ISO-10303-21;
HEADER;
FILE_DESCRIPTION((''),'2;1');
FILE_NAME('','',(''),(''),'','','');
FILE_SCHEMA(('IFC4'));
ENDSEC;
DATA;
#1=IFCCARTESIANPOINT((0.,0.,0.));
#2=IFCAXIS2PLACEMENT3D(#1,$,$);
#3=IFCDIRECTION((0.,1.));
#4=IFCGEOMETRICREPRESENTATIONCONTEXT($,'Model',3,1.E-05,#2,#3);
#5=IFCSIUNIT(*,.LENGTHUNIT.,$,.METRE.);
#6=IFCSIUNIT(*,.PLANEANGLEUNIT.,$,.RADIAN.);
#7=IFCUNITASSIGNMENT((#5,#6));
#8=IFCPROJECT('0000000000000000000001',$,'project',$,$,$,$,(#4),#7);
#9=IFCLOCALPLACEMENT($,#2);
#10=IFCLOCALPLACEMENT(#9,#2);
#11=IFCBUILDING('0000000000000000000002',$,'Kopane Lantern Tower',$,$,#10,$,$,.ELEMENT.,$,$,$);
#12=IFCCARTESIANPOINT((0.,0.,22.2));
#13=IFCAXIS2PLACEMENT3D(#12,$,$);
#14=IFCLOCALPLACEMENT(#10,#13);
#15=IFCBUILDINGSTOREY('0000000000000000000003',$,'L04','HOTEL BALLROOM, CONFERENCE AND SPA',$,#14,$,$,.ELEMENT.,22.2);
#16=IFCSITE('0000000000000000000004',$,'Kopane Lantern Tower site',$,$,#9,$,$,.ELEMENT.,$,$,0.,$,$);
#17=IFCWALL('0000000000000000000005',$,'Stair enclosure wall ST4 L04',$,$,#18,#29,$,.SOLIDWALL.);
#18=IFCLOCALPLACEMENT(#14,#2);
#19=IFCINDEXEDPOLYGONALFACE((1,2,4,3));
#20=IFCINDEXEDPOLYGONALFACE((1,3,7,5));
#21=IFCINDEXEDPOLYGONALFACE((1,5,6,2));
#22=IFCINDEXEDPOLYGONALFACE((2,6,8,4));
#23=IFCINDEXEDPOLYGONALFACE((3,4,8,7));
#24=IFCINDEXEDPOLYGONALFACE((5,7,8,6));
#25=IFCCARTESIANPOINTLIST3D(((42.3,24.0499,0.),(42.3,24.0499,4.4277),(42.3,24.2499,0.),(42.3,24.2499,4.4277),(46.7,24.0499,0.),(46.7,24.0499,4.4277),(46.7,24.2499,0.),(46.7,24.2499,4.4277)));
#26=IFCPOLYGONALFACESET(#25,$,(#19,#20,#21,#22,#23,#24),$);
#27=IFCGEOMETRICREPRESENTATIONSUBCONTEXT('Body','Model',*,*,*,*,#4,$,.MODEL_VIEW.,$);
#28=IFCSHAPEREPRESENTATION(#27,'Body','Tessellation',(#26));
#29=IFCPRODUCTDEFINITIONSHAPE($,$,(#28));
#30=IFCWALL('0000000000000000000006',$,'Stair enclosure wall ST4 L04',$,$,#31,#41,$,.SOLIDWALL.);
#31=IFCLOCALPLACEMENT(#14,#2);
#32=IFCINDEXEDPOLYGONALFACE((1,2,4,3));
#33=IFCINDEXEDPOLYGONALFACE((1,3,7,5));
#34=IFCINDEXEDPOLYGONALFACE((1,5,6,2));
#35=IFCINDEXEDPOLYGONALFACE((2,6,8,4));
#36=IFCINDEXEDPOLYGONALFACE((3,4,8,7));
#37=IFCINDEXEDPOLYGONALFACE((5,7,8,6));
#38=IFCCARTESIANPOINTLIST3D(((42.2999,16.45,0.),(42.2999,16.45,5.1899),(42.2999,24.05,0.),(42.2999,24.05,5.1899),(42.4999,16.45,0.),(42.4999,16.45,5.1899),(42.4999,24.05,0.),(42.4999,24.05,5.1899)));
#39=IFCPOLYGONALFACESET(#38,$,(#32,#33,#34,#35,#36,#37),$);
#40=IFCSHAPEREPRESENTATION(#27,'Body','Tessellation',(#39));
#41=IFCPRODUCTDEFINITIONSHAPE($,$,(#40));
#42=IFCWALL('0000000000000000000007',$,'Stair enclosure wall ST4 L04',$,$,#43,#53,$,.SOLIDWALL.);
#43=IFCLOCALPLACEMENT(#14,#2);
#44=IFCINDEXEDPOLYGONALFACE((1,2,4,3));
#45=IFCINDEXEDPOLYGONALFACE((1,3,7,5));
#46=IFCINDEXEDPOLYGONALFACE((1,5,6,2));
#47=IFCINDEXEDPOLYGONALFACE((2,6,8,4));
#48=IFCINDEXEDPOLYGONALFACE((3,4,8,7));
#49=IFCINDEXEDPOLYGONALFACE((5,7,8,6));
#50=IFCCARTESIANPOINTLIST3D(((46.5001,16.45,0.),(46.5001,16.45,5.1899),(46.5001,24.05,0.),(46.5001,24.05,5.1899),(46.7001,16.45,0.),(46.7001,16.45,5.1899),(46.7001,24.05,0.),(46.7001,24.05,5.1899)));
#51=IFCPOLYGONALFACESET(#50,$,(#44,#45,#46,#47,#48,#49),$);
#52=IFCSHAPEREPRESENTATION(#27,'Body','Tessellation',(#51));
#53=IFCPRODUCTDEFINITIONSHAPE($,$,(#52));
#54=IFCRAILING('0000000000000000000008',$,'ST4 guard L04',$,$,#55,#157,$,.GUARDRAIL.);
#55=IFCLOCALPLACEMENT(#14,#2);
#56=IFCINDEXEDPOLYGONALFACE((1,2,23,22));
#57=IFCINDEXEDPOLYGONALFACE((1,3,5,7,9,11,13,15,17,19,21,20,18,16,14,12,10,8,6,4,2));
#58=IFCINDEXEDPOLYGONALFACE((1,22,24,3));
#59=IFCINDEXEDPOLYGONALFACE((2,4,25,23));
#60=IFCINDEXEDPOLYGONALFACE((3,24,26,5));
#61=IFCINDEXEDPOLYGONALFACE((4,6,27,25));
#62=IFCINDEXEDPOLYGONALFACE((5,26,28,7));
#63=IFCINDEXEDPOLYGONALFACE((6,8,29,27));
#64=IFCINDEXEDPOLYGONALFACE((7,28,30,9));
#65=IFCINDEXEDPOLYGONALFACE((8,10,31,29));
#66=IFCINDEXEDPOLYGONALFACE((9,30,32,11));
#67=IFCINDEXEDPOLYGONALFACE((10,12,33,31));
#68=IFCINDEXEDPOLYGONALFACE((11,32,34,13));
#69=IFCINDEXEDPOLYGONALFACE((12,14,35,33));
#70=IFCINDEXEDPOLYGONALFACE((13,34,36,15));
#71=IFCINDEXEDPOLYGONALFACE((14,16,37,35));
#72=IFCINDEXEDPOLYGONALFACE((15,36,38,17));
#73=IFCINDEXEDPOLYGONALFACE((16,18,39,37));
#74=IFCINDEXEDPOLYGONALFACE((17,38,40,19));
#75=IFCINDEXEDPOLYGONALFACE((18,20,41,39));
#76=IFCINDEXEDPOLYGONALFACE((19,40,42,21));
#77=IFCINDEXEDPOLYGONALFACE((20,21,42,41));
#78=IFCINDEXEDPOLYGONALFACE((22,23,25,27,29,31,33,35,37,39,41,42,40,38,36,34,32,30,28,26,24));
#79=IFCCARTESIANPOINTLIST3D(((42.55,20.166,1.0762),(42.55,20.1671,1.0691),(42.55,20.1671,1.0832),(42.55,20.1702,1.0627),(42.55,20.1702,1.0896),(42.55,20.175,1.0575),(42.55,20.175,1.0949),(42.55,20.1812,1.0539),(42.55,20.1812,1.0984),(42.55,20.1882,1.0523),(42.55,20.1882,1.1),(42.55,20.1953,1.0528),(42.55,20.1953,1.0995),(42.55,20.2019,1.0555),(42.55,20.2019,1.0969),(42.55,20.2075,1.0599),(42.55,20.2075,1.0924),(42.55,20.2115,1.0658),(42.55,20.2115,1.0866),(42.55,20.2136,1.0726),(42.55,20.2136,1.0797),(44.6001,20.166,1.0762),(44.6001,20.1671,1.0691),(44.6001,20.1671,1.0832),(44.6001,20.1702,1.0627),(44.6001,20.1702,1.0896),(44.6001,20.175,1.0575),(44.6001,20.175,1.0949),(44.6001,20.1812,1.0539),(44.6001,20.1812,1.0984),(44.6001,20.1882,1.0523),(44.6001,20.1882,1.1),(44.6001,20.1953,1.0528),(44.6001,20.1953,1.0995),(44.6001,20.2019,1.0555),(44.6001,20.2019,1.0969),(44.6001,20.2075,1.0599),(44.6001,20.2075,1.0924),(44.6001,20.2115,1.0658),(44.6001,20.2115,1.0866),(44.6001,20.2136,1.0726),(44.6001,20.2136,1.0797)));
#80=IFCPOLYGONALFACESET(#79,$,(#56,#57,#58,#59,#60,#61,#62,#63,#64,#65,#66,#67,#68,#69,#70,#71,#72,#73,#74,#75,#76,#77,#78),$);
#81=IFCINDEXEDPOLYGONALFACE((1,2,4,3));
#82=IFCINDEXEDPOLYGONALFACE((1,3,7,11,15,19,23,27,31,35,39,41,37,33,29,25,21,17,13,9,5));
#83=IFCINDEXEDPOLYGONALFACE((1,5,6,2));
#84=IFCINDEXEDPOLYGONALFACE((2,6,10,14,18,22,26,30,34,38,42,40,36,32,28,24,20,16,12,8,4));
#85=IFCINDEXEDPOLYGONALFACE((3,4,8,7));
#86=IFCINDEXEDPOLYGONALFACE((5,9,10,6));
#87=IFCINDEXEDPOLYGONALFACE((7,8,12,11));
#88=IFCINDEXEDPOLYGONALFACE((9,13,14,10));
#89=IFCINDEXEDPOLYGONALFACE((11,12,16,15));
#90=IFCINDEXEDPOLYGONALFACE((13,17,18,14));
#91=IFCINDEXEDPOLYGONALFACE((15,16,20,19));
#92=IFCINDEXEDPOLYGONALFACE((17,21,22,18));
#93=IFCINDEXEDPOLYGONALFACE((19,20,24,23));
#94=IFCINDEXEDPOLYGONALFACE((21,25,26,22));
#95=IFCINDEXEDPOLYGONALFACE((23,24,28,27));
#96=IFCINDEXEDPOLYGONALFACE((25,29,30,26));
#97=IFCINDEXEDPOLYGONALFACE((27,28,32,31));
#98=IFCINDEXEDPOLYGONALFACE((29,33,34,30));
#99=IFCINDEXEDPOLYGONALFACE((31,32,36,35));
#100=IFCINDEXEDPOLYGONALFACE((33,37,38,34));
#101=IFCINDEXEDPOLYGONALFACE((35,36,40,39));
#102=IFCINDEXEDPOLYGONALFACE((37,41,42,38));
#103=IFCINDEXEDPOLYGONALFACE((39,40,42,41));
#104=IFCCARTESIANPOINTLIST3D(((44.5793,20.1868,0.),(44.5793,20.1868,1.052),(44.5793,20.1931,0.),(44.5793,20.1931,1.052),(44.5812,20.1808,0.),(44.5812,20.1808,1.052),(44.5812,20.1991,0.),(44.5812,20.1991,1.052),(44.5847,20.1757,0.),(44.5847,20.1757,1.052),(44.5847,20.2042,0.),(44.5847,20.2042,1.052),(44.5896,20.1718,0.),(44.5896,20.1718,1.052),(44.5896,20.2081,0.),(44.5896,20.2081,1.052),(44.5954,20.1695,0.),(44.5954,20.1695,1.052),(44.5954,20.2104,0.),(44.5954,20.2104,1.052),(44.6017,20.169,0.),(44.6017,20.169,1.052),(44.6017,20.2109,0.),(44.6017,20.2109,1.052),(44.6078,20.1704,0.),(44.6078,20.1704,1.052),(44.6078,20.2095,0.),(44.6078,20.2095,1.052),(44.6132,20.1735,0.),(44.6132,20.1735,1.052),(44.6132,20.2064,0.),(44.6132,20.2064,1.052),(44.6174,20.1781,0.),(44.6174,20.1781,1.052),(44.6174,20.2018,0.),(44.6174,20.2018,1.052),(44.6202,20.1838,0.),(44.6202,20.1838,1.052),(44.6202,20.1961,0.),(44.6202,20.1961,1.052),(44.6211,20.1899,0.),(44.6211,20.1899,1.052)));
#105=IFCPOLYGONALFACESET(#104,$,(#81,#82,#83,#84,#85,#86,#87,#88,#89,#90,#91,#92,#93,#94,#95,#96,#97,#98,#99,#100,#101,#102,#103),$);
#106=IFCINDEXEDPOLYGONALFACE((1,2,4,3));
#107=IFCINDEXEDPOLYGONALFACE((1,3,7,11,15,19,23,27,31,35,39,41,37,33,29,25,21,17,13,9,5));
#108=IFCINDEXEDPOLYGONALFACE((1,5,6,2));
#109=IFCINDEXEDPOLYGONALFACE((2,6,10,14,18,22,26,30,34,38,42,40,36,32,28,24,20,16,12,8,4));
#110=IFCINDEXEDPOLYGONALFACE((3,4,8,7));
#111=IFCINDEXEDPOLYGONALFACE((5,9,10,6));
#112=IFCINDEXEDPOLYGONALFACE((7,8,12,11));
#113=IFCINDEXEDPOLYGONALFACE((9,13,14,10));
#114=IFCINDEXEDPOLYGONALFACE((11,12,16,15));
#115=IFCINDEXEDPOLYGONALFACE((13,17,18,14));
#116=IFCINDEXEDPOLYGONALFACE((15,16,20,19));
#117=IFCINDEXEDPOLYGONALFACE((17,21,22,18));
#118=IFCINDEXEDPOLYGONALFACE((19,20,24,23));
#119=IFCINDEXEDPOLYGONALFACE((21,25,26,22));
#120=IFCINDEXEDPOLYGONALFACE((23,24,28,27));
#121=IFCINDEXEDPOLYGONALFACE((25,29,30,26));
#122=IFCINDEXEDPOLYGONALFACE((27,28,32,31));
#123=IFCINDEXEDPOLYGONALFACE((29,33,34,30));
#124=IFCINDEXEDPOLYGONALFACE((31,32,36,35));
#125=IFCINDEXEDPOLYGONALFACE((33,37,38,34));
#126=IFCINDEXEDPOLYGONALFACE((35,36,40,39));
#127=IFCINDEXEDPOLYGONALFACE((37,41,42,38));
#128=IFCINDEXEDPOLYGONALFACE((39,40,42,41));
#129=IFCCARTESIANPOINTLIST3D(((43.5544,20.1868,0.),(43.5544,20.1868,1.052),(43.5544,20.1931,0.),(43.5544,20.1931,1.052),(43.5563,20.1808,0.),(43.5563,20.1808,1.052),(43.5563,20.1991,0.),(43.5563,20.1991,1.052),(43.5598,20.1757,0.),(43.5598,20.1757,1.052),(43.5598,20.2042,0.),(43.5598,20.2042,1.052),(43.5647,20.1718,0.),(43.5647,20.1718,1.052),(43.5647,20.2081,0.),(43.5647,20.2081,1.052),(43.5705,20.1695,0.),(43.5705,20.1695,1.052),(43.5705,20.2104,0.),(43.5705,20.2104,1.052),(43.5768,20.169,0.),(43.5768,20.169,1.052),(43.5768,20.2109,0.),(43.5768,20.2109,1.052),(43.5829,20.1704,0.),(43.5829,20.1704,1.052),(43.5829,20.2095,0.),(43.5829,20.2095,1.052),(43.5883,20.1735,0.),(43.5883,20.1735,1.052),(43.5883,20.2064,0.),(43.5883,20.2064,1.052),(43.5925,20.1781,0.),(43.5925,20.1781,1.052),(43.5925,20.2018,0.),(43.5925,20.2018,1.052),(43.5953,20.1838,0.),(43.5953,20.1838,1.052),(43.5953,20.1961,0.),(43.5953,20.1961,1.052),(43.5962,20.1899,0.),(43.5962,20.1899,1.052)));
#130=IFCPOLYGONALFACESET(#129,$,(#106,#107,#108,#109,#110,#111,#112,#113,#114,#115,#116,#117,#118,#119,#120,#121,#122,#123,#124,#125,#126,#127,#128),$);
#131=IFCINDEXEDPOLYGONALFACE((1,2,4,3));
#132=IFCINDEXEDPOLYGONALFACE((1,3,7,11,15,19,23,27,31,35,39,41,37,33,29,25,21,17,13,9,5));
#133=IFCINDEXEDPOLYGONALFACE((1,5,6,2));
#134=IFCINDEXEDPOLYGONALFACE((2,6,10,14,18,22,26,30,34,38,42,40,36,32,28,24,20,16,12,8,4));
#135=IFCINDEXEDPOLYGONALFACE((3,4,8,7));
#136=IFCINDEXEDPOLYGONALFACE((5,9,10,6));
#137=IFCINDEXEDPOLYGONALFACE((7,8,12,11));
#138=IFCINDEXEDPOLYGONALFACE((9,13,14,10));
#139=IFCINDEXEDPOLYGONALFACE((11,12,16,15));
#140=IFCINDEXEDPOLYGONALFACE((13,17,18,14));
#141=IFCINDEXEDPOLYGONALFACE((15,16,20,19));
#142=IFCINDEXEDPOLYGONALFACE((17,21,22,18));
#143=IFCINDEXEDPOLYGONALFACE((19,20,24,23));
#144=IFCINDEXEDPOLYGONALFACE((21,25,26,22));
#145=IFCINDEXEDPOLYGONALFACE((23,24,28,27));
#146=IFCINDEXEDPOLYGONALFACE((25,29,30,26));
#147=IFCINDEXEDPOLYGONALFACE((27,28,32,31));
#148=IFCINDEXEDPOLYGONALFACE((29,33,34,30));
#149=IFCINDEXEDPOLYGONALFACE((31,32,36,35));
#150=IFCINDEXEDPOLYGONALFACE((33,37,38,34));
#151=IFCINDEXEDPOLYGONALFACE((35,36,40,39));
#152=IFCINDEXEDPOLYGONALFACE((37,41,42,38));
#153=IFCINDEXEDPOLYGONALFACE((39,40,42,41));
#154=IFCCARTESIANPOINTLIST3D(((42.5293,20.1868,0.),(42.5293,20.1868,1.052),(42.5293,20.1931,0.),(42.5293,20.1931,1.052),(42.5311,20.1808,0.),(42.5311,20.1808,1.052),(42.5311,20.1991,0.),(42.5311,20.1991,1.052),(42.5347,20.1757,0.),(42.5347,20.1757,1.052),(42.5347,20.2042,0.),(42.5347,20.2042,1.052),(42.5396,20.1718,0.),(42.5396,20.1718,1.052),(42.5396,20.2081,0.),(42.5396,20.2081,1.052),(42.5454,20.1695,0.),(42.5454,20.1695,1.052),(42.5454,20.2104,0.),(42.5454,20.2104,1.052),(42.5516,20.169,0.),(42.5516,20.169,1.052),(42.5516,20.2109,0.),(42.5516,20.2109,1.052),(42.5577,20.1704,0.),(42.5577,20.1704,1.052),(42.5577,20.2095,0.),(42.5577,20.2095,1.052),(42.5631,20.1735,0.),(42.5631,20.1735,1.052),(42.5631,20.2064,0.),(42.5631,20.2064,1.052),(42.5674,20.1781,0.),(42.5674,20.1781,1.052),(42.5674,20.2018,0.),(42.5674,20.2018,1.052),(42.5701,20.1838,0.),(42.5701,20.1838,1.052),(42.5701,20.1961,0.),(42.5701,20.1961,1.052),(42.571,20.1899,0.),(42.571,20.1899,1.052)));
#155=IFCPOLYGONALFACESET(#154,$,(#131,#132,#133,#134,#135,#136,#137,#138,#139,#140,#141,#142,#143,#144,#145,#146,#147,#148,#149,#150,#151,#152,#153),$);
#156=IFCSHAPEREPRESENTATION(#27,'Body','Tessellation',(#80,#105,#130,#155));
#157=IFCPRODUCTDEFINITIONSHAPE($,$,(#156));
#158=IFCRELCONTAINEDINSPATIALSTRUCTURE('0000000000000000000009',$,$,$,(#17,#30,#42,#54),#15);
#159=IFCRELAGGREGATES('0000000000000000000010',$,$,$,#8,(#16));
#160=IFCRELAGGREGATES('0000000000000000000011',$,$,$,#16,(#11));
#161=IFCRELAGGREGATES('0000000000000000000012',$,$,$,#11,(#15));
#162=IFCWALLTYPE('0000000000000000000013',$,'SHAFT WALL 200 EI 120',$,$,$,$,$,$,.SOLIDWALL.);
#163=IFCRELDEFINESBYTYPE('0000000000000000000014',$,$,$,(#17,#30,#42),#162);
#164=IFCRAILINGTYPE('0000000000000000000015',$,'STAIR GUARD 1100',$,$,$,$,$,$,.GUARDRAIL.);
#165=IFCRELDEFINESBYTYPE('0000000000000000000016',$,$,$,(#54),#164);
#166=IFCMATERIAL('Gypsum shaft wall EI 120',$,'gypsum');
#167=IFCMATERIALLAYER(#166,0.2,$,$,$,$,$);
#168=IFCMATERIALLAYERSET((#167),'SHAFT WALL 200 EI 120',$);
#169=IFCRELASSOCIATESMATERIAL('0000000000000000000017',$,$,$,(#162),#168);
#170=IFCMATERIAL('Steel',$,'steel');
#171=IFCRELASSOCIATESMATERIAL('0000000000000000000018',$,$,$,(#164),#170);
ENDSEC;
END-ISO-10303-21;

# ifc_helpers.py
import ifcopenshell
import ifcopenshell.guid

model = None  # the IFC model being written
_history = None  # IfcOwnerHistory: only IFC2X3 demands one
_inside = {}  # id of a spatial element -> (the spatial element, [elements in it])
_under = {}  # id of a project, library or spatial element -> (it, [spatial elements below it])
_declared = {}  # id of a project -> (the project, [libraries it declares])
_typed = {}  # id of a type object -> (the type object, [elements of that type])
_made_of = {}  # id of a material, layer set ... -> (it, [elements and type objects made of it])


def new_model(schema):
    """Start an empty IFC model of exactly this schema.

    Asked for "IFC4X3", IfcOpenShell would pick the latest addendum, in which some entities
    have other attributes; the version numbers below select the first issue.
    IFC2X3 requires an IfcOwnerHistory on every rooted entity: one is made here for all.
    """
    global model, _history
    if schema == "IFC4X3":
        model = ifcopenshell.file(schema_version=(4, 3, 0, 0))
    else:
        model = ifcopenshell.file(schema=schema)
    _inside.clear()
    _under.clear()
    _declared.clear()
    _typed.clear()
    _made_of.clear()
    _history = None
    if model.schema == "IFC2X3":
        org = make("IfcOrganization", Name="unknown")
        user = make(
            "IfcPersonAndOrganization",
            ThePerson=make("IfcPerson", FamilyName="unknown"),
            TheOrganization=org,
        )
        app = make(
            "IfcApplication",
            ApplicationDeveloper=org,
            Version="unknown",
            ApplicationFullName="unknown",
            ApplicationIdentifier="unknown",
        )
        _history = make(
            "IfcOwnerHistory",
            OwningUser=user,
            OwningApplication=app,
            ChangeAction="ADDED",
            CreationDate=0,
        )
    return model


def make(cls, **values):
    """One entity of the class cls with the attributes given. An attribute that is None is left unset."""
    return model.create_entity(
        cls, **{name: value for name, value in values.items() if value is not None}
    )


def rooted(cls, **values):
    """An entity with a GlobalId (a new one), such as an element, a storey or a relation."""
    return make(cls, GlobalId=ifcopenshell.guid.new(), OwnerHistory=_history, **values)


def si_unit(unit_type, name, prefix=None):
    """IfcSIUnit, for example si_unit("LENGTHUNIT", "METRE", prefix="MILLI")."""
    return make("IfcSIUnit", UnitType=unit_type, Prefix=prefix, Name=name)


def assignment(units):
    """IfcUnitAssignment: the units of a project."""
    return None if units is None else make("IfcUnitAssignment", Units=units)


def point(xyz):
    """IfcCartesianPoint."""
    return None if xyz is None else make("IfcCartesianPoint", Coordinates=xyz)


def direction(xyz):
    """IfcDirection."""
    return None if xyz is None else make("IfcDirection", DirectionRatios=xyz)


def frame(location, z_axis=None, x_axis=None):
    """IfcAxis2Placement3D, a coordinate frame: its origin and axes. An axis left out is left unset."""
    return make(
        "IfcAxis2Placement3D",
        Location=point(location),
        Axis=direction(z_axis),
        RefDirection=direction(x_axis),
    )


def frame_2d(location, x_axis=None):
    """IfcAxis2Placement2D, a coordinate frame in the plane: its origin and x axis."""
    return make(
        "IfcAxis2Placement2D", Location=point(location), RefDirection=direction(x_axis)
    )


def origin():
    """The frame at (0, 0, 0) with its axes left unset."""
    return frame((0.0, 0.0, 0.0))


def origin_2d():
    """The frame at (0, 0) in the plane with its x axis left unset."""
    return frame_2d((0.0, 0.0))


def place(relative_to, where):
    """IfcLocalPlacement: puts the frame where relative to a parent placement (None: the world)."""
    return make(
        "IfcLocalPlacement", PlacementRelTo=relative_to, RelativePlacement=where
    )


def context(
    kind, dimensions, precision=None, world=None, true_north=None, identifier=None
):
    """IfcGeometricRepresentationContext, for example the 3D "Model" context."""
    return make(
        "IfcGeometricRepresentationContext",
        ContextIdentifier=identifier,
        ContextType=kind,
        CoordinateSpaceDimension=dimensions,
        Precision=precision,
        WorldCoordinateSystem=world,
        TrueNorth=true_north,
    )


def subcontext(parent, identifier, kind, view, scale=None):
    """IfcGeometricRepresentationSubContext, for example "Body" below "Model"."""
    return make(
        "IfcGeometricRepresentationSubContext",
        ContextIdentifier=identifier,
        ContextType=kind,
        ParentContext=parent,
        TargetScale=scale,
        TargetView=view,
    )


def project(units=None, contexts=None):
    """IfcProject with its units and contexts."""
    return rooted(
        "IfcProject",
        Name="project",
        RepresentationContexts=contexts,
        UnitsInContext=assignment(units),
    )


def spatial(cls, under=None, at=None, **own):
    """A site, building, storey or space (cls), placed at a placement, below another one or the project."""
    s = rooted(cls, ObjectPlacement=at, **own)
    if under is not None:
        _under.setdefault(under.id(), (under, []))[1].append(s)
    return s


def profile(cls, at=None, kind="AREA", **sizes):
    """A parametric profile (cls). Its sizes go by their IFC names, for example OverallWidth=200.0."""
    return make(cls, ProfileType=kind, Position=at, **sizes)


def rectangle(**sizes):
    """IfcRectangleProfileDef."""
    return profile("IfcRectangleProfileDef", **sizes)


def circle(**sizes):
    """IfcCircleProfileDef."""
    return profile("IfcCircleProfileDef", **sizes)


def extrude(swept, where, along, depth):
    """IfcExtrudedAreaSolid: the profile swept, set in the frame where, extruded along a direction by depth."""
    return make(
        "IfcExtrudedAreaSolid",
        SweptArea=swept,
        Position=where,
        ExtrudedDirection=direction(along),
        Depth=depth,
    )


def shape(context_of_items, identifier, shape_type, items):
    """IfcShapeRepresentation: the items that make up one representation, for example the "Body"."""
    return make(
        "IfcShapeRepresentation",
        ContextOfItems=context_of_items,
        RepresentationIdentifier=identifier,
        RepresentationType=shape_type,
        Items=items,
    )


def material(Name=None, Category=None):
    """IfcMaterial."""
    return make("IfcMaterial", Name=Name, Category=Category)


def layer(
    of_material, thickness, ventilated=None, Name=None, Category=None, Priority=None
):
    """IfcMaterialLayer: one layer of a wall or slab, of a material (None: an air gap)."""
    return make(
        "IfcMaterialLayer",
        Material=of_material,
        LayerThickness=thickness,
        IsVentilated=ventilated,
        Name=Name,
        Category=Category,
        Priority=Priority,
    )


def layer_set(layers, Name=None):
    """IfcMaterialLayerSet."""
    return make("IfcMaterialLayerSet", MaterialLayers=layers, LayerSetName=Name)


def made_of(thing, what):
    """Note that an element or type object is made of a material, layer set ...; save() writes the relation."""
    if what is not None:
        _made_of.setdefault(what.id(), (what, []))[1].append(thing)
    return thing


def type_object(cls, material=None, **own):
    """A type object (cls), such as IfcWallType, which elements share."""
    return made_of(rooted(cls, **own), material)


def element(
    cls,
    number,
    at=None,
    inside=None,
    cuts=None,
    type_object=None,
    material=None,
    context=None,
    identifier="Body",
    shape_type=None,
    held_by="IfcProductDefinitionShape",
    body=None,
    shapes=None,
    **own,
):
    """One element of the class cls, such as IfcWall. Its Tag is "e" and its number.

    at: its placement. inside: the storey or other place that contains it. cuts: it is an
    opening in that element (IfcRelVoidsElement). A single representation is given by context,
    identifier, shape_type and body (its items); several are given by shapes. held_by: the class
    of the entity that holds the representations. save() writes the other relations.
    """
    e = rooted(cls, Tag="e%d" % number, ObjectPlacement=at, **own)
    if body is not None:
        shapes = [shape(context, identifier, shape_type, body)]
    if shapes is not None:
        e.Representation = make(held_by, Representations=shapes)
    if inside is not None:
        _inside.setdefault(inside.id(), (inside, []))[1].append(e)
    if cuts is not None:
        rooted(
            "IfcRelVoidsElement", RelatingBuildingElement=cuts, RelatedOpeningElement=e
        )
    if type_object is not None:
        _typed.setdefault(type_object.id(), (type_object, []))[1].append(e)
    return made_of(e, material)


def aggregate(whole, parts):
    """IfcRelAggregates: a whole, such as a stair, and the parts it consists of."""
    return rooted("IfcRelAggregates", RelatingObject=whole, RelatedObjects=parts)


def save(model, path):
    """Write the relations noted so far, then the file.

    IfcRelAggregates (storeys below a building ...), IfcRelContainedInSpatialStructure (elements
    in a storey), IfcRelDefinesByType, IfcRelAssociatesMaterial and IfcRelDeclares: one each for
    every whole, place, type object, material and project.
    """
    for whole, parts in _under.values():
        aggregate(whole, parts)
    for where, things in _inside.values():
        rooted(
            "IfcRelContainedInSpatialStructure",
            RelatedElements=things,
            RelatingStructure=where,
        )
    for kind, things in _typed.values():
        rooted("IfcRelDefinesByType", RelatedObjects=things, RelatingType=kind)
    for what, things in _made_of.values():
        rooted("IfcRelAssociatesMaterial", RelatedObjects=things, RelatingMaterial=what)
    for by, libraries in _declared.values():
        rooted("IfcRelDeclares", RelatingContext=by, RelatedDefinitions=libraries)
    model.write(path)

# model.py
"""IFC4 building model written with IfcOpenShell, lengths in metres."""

from ifc_helpers import new_model, si_unit, direction, frame, frame_2d, origin, origin_2d, place, context, subcontext, project, spatial, rectangle, circle, extrude, material, layer, layer_set, type_object, element, save


model = new_model("IFC4")

# Units and contexts
model_context = context("Model", 3, precision=1e-05, world=origin(), true_north=direction((0.0, 1.0)))
body_context = subcontext(model_context, "Body", "Model", "MODEL_VIEW")
ifc_project = project(units=[si_unit("LENGTHUNIT", "METRE"), si_unit("PLANEANGLEUNIT", "RADIAN")], contexts=[model_context])

# Site, building, storey
site_placement = place(None, origin())
site = spatial("IfcSite", under=ifc_project, at=site_placement, Name="Kopane Lantern Tower site", CompositionType="ELEMENT", RefElevation=0.0)
building_placement = place(site_placement, origin())
building = spatial("IfcBuilding", under=site, at=building_placement, Name="Kopane Lantern Tower", CompositionType="ELEMENT")
storey_placement = place(building_placement, frame((0.0, 0.0, 22.2)))
storey = spatial("IfcBuildingStorey", under=building, at=storey_placement, Name="L04", Description="HOTEL BALLROOM, CONFERENCE AND SPA", CompositionType="ELEMENT", Elevation=22.2)

# Shared definitions
ifc_material_1 = material(Name="Gypsum shaft wall EI 120", Category="gypsum")
ifc_layer_1 = layer(ifc_material_1, 0.2)
ifc_layer_set_1 = layer_set([ifc_layer_1], Name="SHAFT WALL 200 EI 120")
wall_type_1 = type_object("IfcWallType", Name="SHAFT WALL 200 EI 120", PredefinedType="SOLIDWALL", material=ifc_layer_set_1)

# Walls
wall_1_placement = place(storey_placement, frame((42.3, 24.1499, 0.0), z_axis=(0.0, 0.0, 1.0), x_axis=(1.0, 0.0, 0.0)))
element("IfcWall", 1, at=wall_1_placement, inside=storey, type_object=wall_type_1, Name="Stair enclosure wall ST4 L04", PredefinedType="SOLIDWALL", context=body_context, shape_type="SweptSolid", body=[
    extrude(rectangle(XDim=4.3999, YDim=0.2, at=frame_2d((2.2, 0.0))), origin(), (0.0, 0.0, 1.0), 4.4277),
])
for number, where, z_axis, x_axis, name in (
    (2, (42.3999, 16.45, 0.0), (0.0, 0.0, 1.0), (0.0, 1.0, 0.0), "Stair enclosure wall ST4 L04"),
    (3, (46.6001, 16.45, 0.0), (0.0, 0.0, 1.0), (0.0, 1.0, 0.0), "Stair enclosure wall ST4 L04"),
):
    element("IfcWall", number, at=place(storey_placement, frame(where, z_axis=z_axis, x_axis=x_axis)), inside=storey, type_object=wall_type_1, Name=name, PredefinedType="SOLIDWALL", context=body_context, shape_type="SweptSolid", body=[
        extrude(rectangle(XDim=7.6001, YDim=0.2, at=frame_2d((3.8, 0.0))), origin(), (0.0, 0.0, 1.0), 5.1899),
    ])

# Railing
ifc_material_2 = material(Name="Steel", Category="steel")
railing_type = type_object("IfcRailingType", Name="STAIR GUARD 1100", PredefinedType="GUARDRAIL", material=ifc_material_2)
railing_placement = place(storey_placement, frame((44.6001, 20.1899, 0.0)))
element("IfcRailing", 4, at=railing_placement, inside=storey, type_object=railing_type, Name="ST4 guard L04", PredefinedType="GUARDRAIL", context=body_context, shape_type="SweptSolid", body=[
    extrude(circle(Radius=0.0239, at=origin_2d()), frame((0.0, 0.0, 1.0762), z_axis=(-1.0, 0.0, 0.0), x_axis=(0.0, -1.0, 0.0)), (0.0, 0.0, 1.0), 2.05),
    extrude(circle(Radius=0.021, at=origin_2d()), origin(), (0.0, 0.0, 1.0), 1.052),
    extrude(circle(Radius=0.021, at=origin_2d()), frame((-1.0249, 0.0, 0.0)), (0.0, 0.0, 1.0), 1.052),
    extrude(circle(Radius=0.021, at=origin_2d()), frame((-2.05, 0.0, 0.0)), (0.0, 0.0, 1.0), 1.052),
])

save(model, "model.ifc")
